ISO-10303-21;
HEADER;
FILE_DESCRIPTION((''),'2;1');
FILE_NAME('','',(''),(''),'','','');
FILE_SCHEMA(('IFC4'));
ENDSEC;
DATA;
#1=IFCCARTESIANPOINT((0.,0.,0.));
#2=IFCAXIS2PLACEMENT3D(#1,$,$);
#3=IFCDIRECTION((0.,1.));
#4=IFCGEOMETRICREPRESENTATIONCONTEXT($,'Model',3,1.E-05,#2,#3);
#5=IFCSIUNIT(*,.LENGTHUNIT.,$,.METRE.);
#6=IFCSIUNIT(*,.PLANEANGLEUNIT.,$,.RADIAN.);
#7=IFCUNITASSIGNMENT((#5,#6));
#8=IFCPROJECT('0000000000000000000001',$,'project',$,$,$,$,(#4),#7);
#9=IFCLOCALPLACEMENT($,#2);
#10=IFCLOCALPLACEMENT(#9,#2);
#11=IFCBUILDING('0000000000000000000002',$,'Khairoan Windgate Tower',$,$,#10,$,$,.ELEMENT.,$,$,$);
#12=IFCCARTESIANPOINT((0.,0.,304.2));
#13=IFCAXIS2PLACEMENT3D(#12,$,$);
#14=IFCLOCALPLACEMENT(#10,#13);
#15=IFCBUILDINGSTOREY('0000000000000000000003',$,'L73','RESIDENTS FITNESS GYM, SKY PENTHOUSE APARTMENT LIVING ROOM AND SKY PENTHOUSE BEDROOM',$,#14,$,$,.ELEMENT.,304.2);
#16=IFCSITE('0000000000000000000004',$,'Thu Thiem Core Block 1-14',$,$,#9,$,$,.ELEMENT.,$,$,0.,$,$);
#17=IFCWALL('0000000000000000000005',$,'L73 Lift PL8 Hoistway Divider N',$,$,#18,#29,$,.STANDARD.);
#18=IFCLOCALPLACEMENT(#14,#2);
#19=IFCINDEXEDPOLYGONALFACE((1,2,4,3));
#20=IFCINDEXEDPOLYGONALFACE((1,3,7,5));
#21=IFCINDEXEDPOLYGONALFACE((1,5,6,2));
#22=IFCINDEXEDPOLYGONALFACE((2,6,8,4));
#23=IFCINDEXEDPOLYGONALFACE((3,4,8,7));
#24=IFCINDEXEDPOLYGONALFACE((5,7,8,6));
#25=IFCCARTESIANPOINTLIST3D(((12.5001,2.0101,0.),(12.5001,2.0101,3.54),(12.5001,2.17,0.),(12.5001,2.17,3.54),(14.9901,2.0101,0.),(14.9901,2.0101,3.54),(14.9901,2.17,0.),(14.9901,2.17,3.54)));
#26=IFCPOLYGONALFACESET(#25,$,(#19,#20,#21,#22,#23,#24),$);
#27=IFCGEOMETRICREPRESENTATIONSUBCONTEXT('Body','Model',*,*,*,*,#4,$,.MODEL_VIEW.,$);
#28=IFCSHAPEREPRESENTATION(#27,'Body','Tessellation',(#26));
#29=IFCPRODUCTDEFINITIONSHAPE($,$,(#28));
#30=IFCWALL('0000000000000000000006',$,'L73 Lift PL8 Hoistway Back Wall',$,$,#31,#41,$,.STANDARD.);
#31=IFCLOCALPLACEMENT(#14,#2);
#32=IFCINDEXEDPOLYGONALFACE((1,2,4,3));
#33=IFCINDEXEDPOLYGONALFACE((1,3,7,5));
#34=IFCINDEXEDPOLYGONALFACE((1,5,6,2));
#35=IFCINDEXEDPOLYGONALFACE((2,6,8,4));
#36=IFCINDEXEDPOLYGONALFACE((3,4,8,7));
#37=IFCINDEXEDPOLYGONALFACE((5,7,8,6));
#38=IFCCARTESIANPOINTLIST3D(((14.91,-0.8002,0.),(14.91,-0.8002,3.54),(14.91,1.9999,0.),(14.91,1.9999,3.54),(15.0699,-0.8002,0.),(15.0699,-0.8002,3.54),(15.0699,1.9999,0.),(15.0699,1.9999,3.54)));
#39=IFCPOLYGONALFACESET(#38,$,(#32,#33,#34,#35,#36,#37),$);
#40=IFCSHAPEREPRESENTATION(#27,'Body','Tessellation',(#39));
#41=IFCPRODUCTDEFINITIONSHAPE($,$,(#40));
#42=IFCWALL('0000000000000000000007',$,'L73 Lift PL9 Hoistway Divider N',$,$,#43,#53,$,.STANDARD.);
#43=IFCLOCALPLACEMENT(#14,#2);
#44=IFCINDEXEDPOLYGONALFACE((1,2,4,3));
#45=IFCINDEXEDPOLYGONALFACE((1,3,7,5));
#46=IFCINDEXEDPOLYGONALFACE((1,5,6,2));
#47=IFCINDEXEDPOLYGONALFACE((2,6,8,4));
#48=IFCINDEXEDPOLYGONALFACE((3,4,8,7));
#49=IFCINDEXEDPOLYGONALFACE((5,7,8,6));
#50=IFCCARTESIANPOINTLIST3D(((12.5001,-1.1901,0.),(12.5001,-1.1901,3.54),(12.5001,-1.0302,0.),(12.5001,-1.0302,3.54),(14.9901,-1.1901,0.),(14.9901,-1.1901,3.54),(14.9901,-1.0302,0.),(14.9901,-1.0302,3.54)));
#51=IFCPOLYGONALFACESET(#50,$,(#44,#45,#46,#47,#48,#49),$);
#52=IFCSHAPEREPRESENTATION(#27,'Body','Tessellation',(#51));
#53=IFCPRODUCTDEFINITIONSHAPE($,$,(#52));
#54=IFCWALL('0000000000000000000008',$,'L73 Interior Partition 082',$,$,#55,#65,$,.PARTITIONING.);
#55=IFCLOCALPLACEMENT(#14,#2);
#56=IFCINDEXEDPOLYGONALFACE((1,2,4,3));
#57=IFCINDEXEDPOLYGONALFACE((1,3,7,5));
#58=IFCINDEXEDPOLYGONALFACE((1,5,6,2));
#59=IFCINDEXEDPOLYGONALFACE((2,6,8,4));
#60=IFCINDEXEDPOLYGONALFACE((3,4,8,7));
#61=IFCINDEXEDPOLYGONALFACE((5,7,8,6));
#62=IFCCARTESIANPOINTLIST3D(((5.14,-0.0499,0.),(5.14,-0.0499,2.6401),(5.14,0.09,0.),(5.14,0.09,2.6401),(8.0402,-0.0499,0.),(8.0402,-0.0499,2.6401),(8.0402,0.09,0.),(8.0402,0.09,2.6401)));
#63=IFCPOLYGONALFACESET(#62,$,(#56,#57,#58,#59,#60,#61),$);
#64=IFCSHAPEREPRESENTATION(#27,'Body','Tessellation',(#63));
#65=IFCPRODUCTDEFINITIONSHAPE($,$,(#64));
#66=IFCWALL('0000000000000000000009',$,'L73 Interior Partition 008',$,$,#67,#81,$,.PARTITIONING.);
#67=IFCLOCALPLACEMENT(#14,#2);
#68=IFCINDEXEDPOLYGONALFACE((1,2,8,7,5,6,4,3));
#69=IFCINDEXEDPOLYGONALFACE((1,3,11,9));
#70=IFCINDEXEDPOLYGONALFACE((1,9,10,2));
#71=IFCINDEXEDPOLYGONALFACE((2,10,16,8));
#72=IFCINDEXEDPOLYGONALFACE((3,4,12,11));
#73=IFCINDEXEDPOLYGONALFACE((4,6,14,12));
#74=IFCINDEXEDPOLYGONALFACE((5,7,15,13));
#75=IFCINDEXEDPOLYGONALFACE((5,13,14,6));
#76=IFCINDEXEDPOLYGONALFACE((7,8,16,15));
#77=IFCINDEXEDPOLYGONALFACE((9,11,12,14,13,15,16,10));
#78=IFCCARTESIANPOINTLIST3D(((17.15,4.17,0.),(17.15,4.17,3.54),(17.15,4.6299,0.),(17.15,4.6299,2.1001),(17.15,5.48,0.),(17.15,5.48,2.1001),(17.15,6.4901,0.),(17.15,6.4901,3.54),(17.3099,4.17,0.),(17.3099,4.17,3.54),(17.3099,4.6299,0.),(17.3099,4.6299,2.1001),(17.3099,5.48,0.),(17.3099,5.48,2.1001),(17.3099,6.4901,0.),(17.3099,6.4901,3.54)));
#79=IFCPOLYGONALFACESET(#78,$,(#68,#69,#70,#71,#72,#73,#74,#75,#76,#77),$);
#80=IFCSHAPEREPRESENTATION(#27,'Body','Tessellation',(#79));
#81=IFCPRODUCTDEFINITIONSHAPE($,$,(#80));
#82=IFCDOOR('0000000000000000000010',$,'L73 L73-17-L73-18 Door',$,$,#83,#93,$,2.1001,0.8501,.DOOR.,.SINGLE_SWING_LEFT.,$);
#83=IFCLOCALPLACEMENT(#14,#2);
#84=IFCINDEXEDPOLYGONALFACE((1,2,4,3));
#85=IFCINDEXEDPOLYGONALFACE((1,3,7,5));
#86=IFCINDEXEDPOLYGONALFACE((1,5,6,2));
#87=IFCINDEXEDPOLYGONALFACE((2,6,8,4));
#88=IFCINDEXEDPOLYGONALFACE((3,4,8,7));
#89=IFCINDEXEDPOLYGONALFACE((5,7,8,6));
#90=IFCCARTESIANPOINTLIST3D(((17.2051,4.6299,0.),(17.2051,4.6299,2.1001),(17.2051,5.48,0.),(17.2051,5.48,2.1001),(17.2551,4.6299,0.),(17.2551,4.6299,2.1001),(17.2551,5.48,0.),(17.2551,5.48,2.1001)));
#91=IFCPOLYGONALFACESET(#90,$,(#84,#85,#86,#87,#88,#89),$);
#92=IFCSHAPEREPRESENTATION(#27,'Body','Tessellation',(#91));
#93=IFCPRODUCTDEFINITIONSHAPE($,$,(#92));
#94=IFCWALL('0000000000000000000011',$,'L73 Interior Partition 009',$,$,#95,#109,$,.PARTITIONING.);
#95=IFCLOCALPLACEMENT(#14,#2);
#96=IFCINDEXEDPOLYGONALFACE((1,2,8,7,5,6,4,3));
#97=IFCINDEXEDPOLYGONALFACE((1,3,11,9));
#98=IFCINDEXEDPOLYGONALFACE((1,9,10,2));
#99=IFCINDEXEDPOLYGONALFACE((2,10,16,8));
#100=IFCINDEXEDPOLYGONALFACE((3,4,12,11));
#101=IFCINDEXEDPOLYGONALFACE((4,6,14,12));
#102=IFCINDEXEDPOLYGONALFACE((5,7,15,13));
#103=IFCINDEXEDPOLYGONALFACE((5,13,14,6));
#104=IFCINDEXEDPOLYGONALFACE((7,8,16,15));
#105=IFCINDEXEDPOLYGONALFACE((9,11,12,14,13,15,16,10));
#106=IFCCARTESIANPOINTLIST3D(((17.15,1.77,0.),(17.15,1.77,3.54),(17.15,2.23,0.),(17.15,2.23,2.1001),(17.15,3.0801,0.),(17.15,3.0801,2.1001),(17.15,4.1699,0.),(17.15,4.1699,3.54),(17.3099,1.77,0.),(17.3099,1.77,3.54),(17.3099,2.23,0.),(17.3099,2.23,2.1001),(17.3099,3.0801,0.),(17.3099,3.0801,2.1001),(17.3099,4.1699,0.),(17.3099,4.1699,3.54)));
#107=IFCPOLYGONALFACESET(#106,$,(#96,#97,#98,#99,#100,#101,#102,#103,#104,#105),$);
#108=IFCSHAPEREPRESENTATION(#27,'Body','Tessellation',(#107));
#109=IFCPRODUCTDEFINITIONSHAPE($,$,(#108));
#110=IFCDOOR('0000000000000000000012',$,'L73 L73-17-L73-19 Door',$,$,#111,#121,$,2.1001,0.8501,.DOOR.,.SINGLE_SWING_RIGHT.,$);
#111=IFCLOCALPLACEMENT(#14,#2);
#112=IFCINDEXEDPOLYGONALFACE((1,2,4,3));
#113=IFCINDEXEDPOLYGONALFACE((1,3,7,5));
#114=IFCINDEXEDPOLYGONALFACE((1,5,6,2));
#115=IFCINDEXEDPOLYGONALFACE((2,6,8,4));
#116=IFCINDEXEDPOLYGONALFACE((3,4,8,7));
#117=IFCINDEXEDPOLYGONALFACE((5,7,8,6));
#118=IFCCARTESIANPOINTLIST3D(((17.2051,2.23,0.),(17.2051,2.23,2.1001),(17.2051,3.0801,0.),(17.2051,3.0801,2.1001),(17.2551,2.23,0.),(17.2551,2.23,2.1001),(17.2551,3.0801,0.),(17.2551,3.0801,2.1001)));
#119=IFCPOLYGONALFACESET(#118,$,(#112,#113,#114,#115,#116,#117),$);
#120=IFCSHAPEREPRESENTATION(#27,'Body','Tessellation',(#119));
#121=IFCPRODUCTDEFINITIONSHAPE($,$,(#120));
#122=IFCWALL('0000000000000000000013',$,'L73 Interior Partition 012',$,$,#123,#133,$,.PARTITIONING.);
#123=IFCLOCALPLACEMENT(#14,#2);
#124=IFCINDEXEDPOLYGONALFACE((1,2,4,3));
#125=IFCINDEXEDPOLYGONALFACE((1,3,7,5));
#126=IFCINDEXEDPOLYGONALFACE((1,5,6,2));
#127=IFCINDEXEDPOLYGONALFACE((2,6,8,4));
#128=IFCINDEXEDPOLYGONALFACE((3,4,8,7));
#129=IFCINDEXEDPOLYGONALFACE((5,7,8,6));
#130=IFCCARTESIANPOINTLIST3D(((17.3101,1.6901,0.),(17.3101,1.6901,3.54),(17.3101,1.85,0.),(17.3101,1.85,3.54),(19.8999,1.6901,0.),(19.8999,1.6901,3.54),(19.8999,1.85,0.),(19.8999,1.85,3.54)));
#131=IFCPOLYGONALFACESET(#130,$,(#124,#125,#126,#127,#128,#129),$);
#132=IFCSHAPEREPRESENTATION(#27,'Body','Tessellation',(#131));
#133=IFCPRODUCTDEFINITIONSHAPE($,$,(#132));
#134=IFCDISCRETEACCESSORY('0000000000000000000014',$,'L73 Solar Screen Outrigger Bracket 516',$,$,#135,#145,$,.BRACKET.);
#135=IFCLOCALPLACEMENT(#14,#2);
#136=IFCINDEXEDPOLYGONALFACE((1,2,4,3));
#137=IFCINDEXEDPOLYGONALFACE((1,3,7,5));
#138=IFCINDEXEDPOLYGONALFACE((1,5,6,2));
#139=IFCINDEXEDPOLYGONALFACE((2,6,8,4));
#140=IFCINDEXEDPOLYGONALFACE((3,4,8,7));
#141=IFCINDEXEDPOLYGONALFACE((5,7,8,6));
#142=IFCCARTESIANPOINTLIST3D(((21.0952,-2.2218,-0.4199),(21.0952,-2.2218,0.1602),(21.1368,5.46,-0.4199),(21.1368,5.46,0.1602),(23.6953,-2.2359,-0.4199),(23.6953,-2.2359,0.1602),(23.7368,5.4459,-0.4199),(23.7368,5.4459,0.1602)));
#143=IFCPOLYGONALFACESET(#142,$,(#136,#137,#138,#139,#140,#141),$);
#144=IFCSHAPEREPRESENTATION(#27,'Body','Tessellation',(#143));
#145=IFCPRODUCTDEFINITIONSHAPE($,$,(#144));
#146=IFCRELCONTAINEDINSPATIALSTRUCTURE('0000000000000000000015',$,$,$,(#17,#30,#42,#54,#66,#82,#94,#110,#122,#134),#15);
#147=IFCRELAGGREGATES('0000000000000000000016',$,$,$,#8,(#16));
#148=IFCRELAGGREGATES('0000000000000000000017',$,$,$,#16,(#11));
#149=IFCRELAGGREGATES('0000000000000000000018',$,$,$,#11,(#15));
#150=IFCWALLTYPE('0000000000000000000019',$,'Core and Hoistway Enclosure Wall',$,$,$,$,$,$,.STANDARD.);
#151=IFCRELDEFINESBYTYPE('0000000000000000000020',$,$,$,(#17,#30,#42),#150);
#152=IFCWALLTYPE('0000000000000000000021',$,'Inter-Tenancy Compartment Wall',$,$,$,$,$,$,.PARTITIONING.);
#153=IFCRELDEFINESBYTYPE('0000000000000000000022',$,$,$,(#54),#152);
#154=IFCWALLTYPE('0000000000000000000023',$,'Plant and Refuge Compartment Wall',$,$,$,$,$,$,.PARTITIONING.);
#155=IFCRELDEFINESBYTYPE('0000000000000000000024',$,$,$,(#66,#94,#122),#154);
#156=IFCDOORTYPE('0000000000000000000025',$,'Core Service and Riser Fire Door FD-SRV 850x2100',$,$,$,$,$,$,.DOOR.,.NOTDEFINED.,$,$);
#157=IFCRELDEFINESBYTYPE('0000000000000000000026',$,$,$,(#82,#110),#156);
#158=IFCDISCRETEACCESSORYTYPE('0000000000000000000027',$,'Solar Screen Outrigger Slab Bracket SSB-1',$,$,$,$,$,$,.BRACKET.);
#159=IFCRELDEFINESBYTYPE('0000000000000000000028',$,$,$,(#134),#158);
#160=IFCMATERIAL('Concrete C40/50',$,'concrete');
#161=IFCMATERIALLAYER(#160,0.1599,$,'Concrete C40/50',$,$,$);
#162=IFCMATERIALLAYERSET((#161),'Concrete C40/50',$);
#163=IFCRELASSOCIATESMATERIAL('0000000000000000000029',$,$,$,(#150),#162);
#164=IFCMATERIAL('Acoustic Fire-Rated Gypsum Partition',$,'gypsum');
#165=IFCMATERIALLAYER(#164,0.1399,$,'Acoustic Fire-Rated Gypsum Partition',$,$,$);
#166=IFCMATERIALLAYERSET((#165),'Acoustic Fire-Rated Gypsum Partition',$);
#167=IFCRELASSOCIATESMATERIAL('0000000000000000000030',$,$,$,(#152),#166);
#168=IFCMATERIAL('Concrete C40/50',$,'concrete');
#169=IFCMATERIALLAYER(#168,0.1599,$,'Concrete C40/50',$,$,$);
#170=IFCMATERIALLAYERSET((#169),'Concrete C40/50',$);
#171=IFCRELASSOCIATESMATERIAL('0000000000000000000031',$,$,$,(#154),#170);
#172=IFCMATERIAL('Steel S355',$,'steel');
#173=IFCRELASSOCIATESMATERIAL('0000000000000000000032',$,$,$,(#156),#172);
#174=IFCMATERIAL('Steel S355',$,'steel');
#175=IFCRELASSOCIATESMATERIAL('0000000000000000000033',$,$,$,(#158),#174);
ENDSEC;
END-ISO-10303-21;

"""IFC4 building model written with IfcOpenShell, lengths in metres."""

from ifc_helpers import new_model, si_unit, direction, frame, frame_2d, origin, origin_2d, place, context, subcontext, project, spatial, rectangle, extrude, material, layer, layer_set, type_object, element, fill, save


model = new_model("IFC4")

# Units and contexts
model_context = context("Model", 3, precision=1e-05, world=origin(), true_north=direction((0.0, 1.0)))
body_context = subcontext(model_context, "Body", "Model", "MODEL_VIEW")
ifc_project = project(units=[si_unit("LENGTHUNIT", "METRE"), si_unit("PLANEANGLEUNIT", "RADIAN")], contexts=[model_context])

# Site, building, storey
site_placement = place(None, origin())
site = spatial("IfcSite", under=ifc_project, at=site_placement, Name="Thu Thiem Core Block 1-14", CompositionType="ELEMENT", RefElevation=0.0)
building_placement = place(site_placement, origin())
building = spatial("IfcBuilding", under=site, at=building_placement, Name="Khairoan Windgate Tower", CompositionType="ELEMENT")
storey_placement = place(building_placement, frame((0.0, 0.0, 304.2)))
storey = spatial("IfcBuildingStorey", under=building, at=storey_placement, Name="L73", Description="RESIDENTS FITNESS GYM, SKY PENTHOUSE APARTMENT LIVING ROOM AND SKY PENTHOUSE BEDROOM", CompositionType="ELEMENT", Elevation=304.2)

# Walls
ifc_material_1 = material(Name="Concrete C40/50", Category="concrete")
ifc_layer_1 = layer(ifc_material_1, 0.1599, Name="Concrete C40/50")
ifc_layer_set_1 = layer_set([ifc_layer_1], Name="Concrete C40/50")
wall_type_1 = type_object("IfcWallType", Name="Core and Hoistway Enclosure Wall", PredefinedType="STANDARD", material=ifc_layer_set_1)
for number, where, z_axis, x_axis, name in (
    (1, (12.5, 2.0901, 0.0), (0.0, 0.0, 1.0), (1.0, 0.0, 0.0), "L73 Lift PL8 Hoistway Divider N"),
):
    element("IfcWall", number, at=place(storey_placement, frame(where, z_axis=z_axis, x_axis=x_axis)), inside=storey, type_object=wall_type_1, Name=name, PredefinedType="STANDARD", context=body_context, shape_type="SweptSolid", body=[
        extrude(rectangle(XDim=2.49, YDim=0.1599, at=frame_2d((1.2451, 0.0))), origin(), (0.0, 0.0, 1.0), 3.54),
    ])
wall_1_placement = place(storey_placement, frame((14.99, -0.8, 0.0), z_axis=(0.0, 0.0, 1.0), x_axis=(0.0, 1.0, 0.0)))
element("IfcWall", 2, at=wall_1_placement, inside=storey, type_object=wall_type_1, Name="L73 Lift PL8 Hoistway Back Wall", PredefinedType="STANDARD", context=body_context, shape_type="SweptSolid", body=[
    extrude(rectangle(XDim=2.8, YDim=0.1599, at=frame_2d((1.3999, 0.0))), origin(), (0.0, 0.0, 1.0), 3.54),
])
wall_2_placement = place(storey_placement, frame((12.5, -1.1101, 0.0), z_axis=(0.0, 0.0, 1.0), x_axis=(1.0, 0.0, 0.0)))
element("IfcWall", 3, at=wall_2_placement, inside=storey, type_object=wall_type_1, Name="L73 Lift PL9 Hoistway Divider N", PredefinedType="STANDARD", context=body_context, shape_type="SweptSolid", body=[
    extrude(rectangle(XDim=2.49, YDim=0.1599, at=frame_2d((1.2451, 0.0))), origin(), (0.0, 0.0, 1.0), 3.54),
])
ifc_material_2 = material(Name="Acoustic Fire-Rated Gypsum Partition", Category="gypsum")
ifc_layer_2 = layer(ifc_material_2, 0.1399, Name="Acoustic Fire-Rated Gypsum Partition")
ifc_layer_set_2 = layer_set([ifc_layer_2], Name="Acoustic Fire-Rated Gypsum Partition")
wall_type_2 = type_object("IfcWallType", Name="Inter-Tenancy Compartment Wall", PredefinedType="PARTITIONING", material=ifc_layer_set_2)
wall_3_placement = place(storey_placement, frame((5.1399, 0.02, 0.0), z_axis=(0.0, 0.0, 1.0), x_axis=(1.0, 0.0, 0.0)))
element("IfcWall", 4, at=wall_3_placement, inside=storey, type_object=wall_type_2, Name="L73 Interior Partition 082", PredefinedType="PARTITIONING", context=body_context, shape_type="SweptSolid", body=[
    extrude(rectangle(XDim=2.9001, YDim=0.1399, at=frame_2d((1.4502, 0.0))), origin(), (0.0, 0.0, 1.0), 2.6401),
])

# Walls, openings, doors
ifc_material_3 = material(Name="Concrete C40/50", Category="concrete")
ifc_layer_3 = layer(ifc_material_3, 0.1599, Name="Concrete C40/50")
ifc_layer_set_3 = layer_set([ifc_layer_3], Name="Concrete C40/50")
wall_type_3 = type_object("IfcWallType", Name="Plant and Refuge Compartment Wall", PredefinedType="PARTITIONING", material=ifc_layer_set_3)
wall_4_placement = place(storey_placement, frame((17.23, 4.1699, 0.0), z_axis=(0.0, 0.0, 1.0), x_axis=(0.0, 1.0, 0.0)))
wall_4 = element("IfcWall", 5, at=wall_4_placement, inside=storey, type_object=wall_type_3, Name="L73 Interior Partition 008", PredefinedType="PARTITIONING", context=body_context, shape_type="SweptSolid", body=[
    extrude(rectangle(XDim=2.3201, YDim=0.1599, at=frame_2d((1.1602, 0.0))), origin(), (0.0, 0.0, 1.0), 3.54),
])
opening_1_placement = place(wall_4_placement, frame((0.46, 0.0, 0.0)))
opening_1 = element("IfcOpeningElement", 6, at=opening_1_placement, cuts=wall_4, PredefinedType="OPENING", context=body_context, shape_type="SweptSolid", body=[
    extrude(rectangle(XDim=0.8501, YDim=2.1001, at=frame_2d((0.425, 1.05))), frame((0.0, 0.0898, 0.0), z_axis=(0.0, -1.0, 0.0), x_axis=(1.0, 0.0, 0.0)), (0.0, 0.0, 1.0), 0.1799),
])
ifc_material_4 = material(Name="Steel S355", Category="steel")
door_type_1 = type_object("IfcDoorType", Name="Core Service and Riser Fire Door FD-SRV 850x2100", OperationType="NOTDEFINED", PredefinedType="DOOR", material=ifc_material_4)
door_1_placement = place(opening_1_placement, origin())
door_1 = element("IfcDoor", 7, at=door_1_placement, inside=storey, type_object=door_type_1, Name="L73 L73-17-L73-18 Door", OperationType="SINGLE_SWING_LEFT", OverallHeight=2.1001, OverallWidth=0.8501, PredefinedType="DOOR", context=body_context, shape_type="SweptSolid", body=[
    extrude(rectangle(XDim=0.8501, YDim=2.1001, at=frame_2d((0.425, 1.05))), frame((0.0, 0.0249, 0.0), z_axis=(0.0, -1.0, 0.0), x_axis=(1.0, 0.0, 0.0)), (0.0, 0.0, 1.0), 0.05),
])
fill(opening_1, door_1)
wall_5_placement = place(storey_placement, frame((17.23, 1.77, 0.0), z_axis=(0.0, 0.0, 1.0), x_axis=(0.0, 1.0, 0.0)))
wall_5 = element("IfcWall", 8, at=wall_5_placement, inside=storey, type_object=wall_type_3, Name="L73 Interior Partition 009", PredefinedType="PARTITIONING", context=body_context, shape_type="SweptSolid", body=[
    extrude(rectangle(XDim=2.3999, YDim=0.1599, at=frame_2d((1.2, 0.0))), origin(), (0.0, 0.0, 1.0), 3.54),
])
opening_2_placement = place(wall_5_placement, frame((0.46, 0.0, 0.0)))
opening_2 = element("IfcOpeningElement", 9, at=opening_2_placement, cuts=wall_5, PredefinedType="OPENING", context=body_context, shape_type="SweptSolid", body=[
    extrude(rectangle(XDim=0.8501, YDim=2.1001, at=frame_2d((0.425, 1.05))), frame((0.0, 0.0898, 0.0), z_axis=(0.0, -1.0, 0.0), x_axis=(1.0, 0.0, 0.0)), (0.0, 0.0, 1.0), 0.1799),
])
door_2_placement = place(opening_2_placement, origin())
door_2 = element("IfcDoor", 10, at=door_2_placement, inside=storey, type_object=door_type_1, Name="L73 L73-17-L73-19 Door", OperationType="SINGLE_SWING_RIGHT", OverallHeight=2.1001, OverallWidth=0.8501, PredefinedType="DOOR", context=body_context, shape_type="SweptSolid", body=[
    extrude(rectangle(XDim=0.8501, YDim=2.1001, at=frame_2d((0.425, 1.05))), frame((0.0, 0.0249, 0.0), z_axis=(0.0, -1.0, 0.0), x_axis=(1.0, 0.0, 0.0)), (0.0, 0.0, 1.0), 0.05),
])
fill(opening_2, door_2)

# Wall
wall_6_placement = place(storey_placement, frame((17.3101, 1.77, 0.0), z_axis=(0.0, 0.0, 1.0), x_axis=(1.0, 0.0, 0.0)))
element("IfcWall", 11, at=wall_6_placement, inside=storey, type_object=wall_type_3, Name="L73 Interior Partition 012", PredefinedType="PARTITIONING", context=body_context, shape_type="SweptSolid", body=[
    extrude(rectangle(XDim=2.5898, YDim=0.1599, at=frame_2d((1.2949, 0.0))), origin(), (0.0, 0.0, 1.0), 3.54),
])

# Discrete accessory
ifc_material_5 = material(Name="Steel S355", Category="steel")
discrete_accessory_type = type_object("IfcDiscreteAccessoryType", Name="Solar Screen Outrigger Slab Bracket SSB-1", PredefinedType="BRACKET", material=ifc_material_5)
discrete_accessory_placement = place(storey_placement, frame((22.416, 1.6121, -0.4199), z_axis=(0.0, 0.0, 1.0), x_axis=(-0.00541, -0.999985, 0.0)))
element("IfcDiscreteAccessory", 12, at=discrete_accessory_placement, inside=storey, type_object=discrete_accessory_type, Name="L73 Solar Screen Outrigger Bracket 516", PredefinedType="BRACKET", context=body_context, shape_type="SweptSolid", body=[
    extrude(rectangle(XDim=7.6819, YDim=2.6001, at=origin_2d()), origin(), (0.0, 0.0, 1.0), 0.5801),
])

save(model, "model.ifc")
